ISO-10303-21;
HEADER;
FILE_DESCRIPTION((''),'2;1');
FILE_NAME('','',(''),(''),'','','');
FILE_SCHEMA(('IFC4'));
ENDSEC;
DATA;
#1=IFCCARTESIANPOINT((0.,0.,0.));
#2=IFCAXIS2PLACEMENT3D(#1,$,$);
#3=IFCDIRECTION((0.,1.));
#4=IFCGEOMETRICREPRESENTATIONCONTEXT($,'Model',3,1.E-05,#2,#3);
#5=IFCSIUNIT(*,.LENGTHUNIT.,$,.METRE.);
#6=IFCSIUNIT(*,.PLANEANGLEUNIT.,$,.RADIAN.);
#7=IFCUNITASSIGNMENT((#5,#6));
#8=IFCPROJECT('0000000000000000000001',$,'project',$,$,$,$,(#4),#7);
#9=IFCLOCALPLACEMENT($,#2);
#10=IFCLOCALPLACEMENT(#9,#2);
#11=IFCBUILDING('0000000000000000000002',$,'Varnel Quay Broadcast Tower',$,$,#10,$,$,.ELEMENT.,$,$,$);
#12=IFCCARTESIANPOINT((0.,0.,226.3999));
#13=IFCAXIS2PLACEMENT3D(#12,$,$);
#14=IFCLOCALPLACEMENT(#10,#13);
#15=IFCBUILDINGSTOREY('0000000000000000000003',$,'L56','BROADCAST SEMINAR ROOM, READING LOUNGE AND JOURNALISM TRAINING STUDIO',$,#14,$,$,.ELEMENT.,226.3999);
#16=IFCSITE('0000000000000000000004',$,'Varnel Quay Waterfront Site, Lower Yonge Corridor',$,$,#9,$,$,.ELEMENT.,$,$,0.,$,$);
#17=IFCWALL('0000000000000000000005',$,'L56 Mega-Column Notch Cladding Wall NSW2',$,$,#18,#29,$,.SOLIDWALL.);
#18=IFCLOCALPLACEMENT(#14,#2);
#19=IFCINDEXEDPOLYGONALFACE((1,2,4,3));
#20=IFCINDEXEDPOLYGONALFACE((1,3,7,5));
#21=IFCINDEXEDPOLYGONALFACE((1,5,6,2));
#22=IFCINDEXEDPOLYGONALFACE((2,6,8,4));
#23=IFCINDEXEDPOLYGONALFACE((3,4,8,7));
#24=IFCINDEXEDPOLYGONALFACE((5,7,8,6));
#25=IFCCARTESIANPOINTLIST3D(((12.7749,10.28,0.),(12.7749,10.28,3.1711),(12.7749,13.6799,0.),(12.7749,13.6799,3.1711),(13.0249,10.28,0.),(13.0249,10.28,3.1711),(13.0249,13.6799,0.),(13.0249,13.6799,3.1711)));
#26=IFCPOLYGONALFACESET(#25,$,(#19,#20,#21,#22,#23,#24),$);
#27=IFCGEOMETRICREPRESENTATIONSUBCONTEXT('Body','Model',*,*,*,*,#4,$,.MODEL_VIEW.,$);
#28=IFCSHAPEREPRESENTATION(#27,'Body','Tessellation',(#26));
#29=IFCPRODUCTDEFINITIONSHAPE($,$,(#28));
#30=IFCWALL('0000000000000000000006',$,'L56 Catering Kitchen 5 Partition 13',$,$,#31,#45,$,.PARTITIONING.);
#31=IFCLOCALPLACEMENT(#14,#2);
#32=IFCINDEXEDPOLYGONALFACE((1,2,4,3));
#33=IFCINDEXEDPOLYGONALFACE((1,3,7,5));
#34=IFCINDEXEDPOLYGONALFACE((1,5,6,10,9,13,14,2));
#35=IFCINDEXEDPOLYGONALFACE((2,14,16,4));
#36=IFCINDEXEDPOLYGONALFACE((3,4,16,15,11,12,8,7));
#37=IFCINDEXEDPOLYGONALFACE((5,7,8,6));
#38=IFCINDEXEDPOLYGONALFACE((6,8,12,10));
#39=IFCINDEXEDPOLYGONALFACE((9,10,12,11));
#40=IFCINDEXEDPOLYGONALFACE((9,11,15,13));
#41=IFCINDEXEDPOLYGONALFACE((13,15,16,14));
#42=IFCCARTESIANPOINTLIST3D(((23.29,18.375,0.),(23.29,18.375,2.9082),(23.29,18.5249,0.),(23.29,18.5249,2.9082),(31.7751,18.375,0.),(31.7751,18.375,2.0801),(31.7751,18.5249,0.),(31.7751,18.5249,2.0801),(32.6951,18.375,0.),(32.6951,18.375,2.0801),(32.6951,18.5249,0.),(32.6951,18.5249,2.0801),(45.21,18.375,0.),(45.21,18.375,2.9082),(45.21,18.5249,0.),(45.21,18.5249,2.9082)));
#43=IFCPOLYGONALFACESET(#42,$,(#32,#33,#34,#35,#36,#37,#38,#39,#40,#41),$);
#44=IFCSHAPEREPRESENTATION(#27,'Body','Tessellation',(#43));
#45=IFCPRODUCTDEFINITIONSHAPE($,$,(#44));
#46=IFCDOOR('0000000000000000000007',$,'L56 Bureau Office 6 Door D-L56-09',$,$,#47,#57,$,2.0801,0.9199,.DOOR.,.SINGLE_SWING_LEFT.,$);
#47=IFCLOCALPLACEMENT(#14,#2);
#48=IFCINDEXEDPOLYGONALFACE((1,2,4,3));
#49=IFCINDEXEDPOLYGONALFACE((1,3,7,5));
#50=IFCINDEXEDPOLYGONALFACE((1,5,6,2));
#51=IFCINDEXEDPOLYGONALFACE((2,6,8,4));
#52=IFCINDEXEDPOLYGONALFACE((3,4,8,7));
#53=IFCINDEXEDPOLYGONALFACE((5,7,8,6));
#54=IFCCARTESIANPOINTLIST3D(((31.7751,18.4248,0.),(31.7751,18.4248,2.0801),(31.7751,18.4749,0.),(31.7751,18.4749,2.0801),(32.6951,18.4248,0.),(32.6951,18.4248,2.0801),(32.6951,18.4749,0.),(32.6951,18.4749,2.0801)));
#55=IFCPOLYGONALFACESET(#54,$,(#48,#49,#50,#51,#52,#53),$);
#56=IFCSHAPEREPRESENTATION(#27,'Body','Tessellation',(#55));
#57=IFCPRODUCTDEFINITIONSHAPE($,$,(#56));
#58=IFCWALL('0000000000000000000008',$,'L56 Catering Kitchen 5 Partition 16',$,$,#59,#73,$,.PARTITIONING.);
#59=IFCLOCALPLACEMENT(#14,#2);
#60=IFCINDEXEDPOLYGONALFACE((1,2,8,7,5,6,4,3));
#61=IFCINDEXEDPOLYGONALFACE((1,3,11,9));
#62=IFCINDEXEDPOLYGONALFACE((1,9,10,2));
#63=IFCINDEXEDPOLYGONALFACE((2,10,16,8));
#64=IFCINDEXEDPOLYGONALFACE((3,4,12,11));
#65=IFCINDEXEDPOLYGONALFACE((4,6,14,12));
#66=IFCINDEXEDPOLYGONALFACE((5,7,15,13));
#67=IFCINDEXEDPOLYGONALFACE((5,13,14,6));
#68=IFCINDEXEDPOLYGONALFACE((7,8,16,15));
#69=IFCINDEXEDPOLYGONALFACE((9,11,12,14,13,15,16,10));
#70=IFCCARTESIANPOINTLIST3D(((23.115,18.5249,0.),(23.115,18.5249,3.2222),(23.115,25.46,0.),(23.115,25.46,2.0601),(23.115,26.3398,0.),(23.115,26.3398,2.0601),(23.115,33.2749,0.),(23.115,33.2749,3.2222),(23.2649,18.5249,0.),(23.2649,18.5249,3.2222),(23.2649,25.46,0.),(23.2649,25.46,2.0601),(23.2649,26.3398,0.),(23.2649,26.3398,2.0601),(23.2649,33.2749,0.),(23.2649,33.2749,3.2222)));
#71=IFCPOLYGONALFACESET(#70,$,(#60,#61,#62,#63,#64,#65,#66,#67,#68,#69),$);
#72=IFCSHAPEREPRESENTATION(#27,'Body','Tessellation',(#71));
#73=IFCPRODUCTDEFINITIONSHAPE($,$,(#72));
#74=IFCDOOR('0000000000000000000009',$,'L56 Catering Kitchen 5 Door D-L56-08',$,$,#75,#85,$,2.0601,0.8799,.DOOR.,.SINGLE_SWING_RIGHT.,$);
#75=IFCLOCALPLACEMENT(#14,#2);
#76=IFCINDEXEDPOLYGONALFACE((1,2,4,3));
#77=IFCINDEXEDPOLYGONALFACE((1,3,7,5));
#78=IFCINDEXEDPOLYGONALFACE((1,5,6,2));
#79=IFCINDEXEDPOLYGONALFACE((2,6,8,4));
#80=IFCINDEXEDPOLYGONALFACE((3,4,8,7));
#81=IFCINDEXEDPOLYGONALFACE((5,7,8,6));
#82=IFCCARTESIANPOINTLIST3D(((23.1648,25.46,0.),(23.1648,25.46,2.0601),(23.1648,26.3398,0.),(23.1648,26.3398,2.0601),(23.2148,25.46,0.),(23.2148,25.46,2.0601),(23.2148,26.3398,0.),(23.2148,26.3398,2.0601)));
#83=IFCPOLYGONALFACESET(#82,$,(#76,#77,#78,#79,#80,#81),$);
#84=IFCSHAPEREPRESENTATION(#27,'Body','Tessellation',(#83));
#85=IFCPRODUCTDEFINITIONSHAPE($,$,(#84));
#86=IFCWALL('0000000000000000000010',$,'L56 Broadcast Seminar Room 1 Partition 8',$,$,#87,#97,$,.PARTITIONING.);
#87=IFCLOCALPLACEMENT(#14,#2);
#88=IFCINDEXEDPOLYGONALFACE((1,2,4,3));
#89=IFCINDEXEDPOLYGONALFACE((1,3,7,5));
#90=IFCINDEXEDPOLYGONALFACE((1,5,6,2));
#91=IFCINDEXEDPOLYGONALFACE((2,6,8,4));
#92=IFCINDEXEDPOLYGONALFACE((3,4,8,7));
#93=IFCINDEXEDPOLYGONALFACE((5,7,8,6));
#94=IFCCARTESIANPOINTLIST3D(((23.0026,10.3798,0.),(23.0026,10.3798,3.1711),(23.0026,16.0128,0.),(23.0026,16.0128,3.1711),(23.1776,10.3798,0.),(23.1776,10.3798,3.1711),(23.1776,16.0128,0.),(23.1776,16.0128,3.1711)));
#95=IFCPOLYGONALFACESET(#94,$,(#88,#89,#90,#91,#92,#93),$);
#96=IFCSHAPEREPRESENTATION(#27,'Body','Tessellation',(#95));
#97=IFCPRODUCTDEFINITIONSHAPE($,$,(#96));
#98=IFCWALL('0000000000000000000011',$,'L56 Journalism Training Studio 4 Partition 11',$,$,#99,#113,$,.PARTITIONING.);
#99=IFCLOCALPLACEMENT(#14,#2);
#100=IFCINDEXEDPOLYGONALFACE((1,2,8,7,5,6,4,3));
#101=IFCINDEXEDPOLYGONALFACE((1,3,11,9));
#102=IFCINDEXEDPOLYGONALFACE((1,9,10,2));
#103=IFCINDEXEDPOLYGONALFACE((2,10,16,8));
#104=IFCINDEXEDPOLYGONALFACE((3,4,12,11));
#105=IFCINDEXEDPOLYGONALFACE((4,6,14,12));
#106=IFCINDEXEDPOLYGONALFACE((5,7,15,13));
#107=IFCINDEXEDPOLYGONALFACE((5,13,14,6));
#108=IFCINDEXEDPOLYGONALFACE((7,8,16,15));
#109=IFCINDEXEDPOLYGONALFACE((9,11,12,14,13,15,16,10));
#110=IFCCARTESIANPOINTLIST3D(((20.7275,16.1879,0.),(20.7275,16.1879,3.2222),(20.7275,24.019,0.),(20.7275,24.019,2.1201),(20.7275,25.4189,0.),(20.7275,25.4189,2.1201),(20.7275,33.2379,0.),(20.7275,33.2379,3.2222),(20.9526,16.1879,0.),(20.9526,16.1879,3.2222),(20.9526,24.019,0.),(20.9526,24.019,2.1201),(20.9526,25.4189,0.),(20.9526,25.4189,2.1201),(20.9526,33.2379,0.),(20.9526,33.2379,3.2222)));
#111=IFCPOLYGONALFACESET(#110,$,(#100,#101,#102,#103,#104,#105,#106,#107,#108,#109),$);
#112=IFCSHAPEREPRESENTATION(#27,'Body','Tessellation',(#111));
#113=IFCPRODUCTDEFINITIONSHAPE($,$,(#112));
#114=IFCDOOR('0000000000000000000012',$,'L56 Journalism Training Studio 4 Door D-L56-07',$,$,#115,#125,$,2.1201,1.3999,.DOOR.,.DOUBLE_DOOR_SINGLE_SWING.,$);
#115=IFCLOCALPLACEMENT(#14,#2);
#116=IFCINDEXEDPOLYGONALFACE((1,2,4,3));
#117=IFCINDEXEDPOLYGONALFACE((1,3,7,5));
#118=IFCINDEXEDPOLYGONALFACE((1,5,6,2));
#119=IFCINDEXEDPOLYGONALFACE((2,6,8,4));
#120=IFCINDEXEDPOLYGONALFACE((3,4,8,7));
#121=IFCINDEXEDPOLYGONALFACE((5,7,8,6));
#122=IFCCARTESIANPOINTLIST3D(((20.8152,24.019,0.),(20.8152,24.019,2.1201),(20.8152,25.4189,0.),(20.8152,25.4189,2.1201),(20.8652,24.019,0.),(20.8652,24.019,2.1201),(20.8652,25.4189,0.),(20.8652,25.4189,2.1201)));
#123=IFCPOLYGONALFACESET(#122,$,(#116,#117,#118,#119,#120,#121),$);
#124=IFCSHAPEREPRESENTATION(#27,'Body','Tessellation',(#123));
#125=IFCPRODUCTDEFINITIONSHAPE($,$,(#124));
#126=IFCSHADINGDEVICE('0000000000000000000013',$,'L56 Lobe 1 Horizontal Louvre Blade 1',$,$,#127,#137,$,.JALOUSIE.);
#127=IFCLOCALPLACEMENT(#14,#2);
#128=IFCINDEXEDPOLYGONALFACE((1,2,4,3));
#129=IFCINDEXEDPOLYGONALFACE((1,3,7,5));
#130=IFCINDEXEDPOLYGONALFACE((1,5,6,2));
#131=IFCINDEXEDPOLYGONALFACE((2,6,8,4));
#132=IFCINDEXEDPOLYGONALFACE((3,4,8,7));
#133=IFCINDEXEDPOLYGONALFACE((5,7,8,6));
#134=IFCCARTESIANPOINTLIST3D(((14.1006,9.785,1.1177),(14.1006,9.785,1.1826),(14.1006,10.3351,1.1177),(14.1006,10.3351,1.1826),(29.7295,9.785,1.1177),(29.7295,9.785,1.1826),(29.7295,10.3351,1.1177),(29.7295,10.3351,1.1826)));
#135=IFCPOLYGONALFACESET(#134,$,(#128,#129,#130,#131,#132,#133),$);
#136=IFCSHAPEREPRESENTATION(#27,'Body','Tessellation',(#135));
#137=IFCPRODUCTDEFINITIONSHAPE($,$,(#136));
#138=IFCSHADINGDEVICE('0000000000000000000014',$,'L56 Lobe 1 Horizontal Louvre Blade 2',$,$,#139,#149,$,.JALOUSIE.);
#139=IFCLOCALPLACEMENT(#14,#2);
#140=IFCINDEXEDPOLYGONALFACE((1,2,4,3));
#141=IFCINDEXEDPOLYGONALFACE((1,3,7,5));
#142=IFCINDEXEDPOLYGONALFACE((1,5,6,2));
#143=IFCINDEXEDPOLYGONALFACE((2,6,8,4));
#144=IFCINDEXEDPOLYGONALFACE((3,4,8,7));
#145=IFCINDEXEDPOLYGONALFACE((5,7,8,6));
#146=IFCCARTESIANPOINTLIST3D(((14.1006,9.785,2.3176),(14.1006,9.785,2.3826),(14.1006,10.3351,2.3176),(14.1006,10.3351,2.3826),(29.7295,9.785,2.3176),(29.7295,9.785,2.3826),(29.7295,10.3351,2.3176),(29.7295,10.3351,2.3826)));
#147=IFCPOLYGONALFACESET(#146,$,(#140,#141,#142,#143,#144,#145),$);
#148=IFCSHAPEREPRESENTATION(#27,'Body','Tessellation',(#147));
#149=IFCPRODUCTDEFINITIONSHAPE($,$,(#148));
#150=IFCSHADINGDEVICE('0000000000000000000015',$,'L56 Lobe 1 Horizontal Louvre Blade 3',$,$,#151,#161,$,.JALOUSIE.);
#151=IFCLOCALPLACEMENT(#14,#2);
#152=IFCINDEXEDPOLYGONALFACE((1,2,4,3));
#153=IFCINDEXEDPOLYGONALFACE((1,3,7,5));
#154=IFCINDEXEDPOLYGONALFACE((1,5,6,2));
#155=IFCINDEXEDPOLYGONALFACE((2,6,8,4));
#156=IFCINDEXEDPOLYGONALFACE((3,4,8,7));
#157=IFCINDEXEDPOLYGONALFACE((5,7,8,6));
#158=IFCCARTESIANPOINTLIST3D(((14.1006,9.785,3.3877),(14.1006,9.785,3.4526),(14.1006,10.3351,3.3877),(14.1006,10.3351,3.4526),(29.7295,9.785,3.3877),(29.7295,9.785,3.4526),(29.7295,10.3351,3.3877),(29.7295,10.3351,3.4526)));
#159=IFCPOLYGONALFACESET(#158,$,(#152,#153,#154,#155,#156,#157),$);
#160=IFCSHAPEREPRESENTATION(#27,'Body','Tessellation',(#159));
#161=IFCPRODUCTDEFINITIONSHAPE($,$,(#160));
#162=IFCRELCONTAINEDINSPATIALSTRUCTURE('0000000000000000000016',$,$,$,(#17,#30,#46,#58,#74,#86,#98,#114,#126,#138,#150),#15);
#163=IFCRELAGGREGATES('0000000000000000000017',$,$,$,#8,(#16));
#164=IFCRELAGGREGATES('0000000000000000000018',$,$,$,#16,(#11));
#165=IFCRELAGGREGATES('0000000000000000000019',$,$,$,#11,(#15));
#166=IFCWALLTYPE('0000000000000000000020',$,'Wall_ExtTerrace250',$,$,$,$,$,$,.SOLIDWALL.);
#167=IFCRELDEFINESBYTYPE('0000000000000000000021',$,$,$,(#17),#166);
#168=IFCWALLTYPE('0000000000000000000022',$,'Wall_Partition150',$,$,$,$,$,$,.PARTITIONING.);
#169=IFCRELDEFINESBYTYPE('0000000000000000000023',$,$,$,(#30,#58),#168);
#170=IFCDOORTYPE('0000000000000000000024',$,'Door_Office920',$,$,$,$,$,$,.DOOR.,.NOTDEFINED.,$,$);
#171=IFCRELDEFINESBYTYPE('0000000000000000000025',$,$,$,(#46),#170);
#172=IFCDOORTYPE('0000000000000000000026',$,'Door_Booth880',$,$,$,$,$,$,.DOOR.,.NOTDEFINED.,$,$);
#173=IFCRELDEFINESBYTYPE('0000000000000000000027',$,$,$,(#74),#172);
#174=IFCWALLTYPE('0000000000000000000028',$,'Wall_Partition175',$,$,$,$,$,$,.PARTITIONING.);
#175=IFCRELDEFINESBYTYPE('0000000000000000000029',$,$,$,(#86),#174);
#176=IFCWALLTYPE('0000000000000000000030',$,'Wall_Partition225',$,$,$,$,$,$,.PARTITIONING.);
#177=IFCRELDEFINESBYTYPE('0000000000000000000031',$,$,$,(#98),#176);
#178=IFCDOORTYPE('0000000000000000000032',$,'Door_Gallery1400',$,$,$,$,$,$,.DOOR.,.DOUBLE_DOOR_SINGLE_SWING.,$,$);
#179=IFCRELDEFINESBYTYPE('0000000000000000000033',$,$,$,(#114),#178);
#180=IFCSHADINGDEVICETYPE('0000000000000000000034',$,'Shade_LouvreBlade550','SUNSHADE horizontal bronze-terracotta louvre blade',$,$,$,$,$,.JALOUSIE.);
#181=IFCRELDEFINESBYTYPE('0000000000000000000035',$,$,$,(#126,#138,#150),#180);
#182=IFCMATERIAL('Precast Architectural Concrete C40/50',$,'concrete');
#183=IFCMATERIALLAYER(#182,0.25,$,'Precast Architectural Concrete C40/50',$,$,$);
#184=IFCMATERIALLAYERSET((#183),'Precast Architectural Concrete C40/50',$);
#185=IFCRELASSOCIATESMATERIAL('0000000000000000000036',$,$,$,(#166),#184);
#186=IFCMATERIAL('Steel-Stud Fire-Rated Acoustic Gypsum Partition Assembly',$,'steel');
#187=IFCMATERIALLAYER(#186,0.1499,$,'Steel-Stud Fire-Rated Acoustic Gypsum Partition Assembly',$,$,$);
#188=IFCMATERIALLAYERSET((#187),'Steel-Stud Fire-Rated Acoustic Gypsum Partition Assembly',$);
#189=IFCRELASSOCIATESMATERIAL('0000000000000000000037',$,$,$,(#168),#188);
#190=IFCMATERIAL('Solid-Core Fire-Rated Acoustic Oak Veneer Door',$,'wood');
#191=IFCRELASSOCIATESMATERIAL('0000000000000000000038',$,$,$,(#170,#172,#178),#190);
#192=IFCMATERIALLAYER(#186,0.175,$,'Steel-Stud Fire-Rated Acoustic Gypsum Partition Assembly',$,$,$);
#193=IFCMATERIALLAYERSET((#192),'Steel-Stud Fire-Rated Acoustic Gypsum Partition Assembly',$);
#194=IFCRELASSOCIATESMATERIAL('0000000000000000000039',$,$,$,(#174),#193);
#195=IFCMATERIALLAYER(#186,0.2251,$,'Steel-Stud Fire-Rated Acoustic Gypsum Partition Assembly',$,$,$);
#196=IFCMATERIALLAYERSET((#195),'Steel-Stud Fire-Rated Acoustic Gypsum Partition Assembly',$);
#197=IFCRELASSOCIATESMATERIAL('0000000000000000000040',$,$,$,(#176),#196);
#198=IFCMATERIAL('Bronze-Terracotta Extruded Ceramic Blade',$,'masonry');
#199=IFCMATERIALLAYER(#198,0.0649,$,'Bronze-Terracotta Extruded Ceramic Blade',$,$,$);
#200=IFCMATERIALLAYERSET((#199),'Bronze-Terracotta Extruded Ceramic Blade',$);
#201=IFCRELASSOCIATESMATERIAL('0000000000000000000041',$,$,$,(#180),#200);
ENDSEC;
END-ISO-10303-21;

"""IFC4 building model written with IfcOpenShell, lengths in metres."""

from ifc_helpers import new_model, si_unit, direction, frame, frame_2d, origin, origin_2d, place, context, subcontext, project, spatial, rectangle, extrude, source, transform, mapped, material, layer, layer_set, type_object, type_shapes, element, fill, save


model = new_model("IFC4")

# Units and contexts
model_context = context("Model", 3, precision=1e-05, world=origin(), true_north=direction((0.0, 1.0)))
body_context = subcontext(model_context, "Body", "Model", "MODEL_VIEW")
ifc_project = project(units=[si_unit("LENGTHUNIT", "METRE"), si_unit("PLANEANGLEUNIT", "RADIAN")], contexts=[model_context])

# Site, building, storey
site_placement = place(None, origin())
site = spatial("IfcSite", under=ifc_project, at=site_placement, Name="Varnel Quay Waterfront Site, Lower Yonge Corridor", CompositionType="ELEMENT", RefElevation=0.0)
building_placement = place(site_placement, origin())
building = spatial("IfcBuilding", under=site, at=building_placement, Name="Varnel Quay Broadcast Tower", CompositionType="ELEMENT")
storey_placement = place(building_placement, frame((0.0, 0.0, 226.3999)))
storey = spatial("IfcBuildingStorey", under=building, at=storey_placement, Name="L56", Description="BROADCAST SEMINAR ROOM, READING LOUNGE AND JOURNALISM TRAINING STUDIO", CompositionType="ELEMENT", Elevation=226.3999)

# Wall
ifc_material_1 = material(Name="Precast Architectural Concrete C40/50", Category="concrete")
ifc_layer_1 = layer(ifc_material_1, 0.25, Name="Precast Architectural Concrete C40/50")
ifc_layer_set_1 = layer_set([ifc_layer_1], Name="Precast Architectural Concrete C40/50")
wall_type_1 = type_object("IfcWallType", Name="Wall_ExtTerrace250", PredefinedType="SOLIDWALL", material=ifc_layer_set_1)
wall_1_placement = place(storey_placement, frame((12.8999, 10.28, 0.0), z_axis=(0.0, 0.0, 1.0), x_axis=(0.0, 1.0, 0.0)))
element("IfcWall", 1, at=wall_1_placement, inside=storey, type_object=wall_type_1, Name="L56 Mega-Column Notch Cladding Wall NSW2", PredefinedType="SOLIDWALL", context=body_context, shape_type="SweptSolid", body=[
    extrude(rectangle(XDim=3.3999, YDim=0.25, at=frame_2d((1.7, 0.0))), origin(), (0.0, 0.0, 1.0), 3.1711),
])

# Walls, openings, doors
ifc_material_2 = material(Name="Steel-Stud Fire-Rated Acoustic Gypsum Partition Assembly", Category="steel")
ifc_layer_2 = layer(ifc_material_2, 0.1499, Name="Steel-Stud Fire-Rated Acoustic Gypsum Partition Assembly")
ifc_layer_set_2 = layer_set([ifc_layer_2], Name="Steel-Stud Fire-Rated Acoustic Gypsum Partition Assembly")
wall_type_2 = type_object("IfcWallType", Name="Wall_Partition150", PredefinedType="PARTITIONING", material=ifc_layer_set_2)
wall_2_placement = place(storey_placement, frame((23.29, 18.45, 0.0), z_axis=(0.0, 0.0, 1.0), x_axis=(1.0, 0.0, 0.0)))
wall_2 = element("IfcWall", 2, at=wall_2_placement, inside=storey, type_object=wall_type_2, Name="L56 Catering Kitchen 5 Partition 13", PredefinedType="PARTITIONING", context=body_context, shape_type="SweptSolid", body=[
    extrude(rectangle(XDim=21.9199, YDim=0.1499, at=frame_2d((10.96, 0.0))), origin(), (0.0, 0.0, 1.0), 2.9082),
])
opening_1_placement = place(wall_2_placement, frame((8.4851, 0.0, 0.0)))
opening_1 = element("IfcOpeningElement", 3, at=opening_1_placement, cuts=wall_2, PredefinedType="OPENING", context=body_context, shape_type="SweptSolid", body=[
    extrude(rectangle(XDim=0.9199, YDim=2.0801, at=frame_2d((0.46, 1.04))), frame((0.0, 0.085, 0.0), z_axis=(0.0, -1.0, 0.0), x_axis=(1.0, 0.0, 0.0)), (0.0, 0.0, 1.0), 0.1699),
])
ifc_material_3 = material(Name="Solid-Core Fire-Rated Acoustic Oak Veneer Door", Category="wood")
door_type_1 = type_object("IfcDoorType", Name="Door_Office920", OperationType="NOTDEFINED", PredefinedType="DOOR", material=ifc_material_3)
shared_shape_1 = source(origin(), body_context, "Body", "SweptSolid", [
    extrude(rectangle(XDim=0.9199, YDim=2.0801, at=frame_2d((0.46, 1.04))), frame((0.0, 0.0249, 0.0), z_axis=(0.0, -1.0, 0.0), x_axis=(1.0, 0.0, 0.0)), (0.0, 0.0, 1.0), 0.05),
])
type_shapes(door_type_1, [shared_shape_1])
door_1_placement = place(opening_1_placement, origin())
door_1 = element("IfcDoor", 4, at=door_1_placement, inside=storey, type_object=door_type_1, Name="L56 Bureau Office 6 Door D-L56-09", OperationType="SINGLE_SWING_LEFT", OverallHeight=2.0801, OverallWidth=0.9199, PredefinedType="DOOR", context=body_context, shape_type="MappedRepresentation", body=[
    mapped(shared_shape_1, transform((0.0, 0.0, 0.0), x_axis=(1.0, 0.0, 0.0), y_axis=(0.0, 1.0, 0.0), z_axis=(0.0, 0.0, 1.0), scale=1.0)),
])
fill(opening_1, door_1)
wall_3_placement = place(storey_placement, frame((23.1899, 18.5249, 0.0), z_axis=(0.0, 0.0, 1.0), x_axis=(0.0, 1.0, 0.0)))
wall_3 = element("IfcWall", 5, at=wall_3_placement, inside=storey, type_object=wall_type_2, Name="L56 Catering Kitchen 5 Partition 16", PredefinedType="PARTITIONING", context=body_context, shape_type="SweptSolid", body=[
    extrude(rectangle(XDim=14.75, YDim=0.1499, at=frame_2d((7.375, 0.0))), origin(), (0.0, 0.0, 1.0), 3.2222),
])
opening_2_placement = place(wall_3_placement, frame((6.9351, 0.0, 0.0)))
opening_2 = element("IfcOpeningElement", 6, at=opening_2_placement, cuts=wall_3, PredefinedType="OPENING", context=body_context, shape_type="SweptSolid", body=[
    extrude(rectangle(XDim=0.8799, YDim=2.0601, at=frame_2d((0.4399, 1.03))), frame((0.0, 0.085, 0.0), z_axis=(0.0, -1.0, 0.0), x_axis=(1.0, 0.0, 0.0)), (0.0, 0.0, 1.0), 0.1699),
])
door_type_2 = type_object("IfcDoorType", Name="Door_Booth880", OperationType="NOTDEFINED", PredefinedType="DOOR", material=ifc_material_3)
shared_shape_2 = source(origin(), body_context, "Body", "SweptSolid", [
    extrude(rectangle(XDim=0.8799, YDim=2.0601, at=frame_2d((0.4399, 1.03))), frame((0.0, 0.0249, 0.0), z_axis=(0.0, -1.0, 0.0), x_axis=(1.0, 0.0, 0.0)), (0.0, 0.0, 1.0), 0.05),
])
type_shapes(door_type_2, [shared_shape_2])
door_2_placement = place(opening_2_placement, frame((0.8799, 0.0, 0.0), z_axis=(0.0, 0.0, 1.0), x_axis=(-1.0, 0.0, 0.0)))
door_2 = element("IfcDoor", 7, at=door_2_placement, inside=storey, type_object=door_type_2, Name="L56 Catering Kitchen 5 Door D-L56-08", OperationType="SINGLE_SWING_RIGHT", OverallHeight=2.0601, OverallWidth=0.8799, PredefinedType="DOOR", context=body_context, shape_type="MappedRepresentation", body=[
    mapped(shared_shape_2, transform((0.0, 0.0, 0.0), x_axis=(1.0, 0.0, 0.0), y_axis=(0.0, 1.0, 0.0), z_axis=(0.0, 0.0, 1.0), scale=1.0)),
])
fill(opening_2, door_2)

# Wall
ifc_layer_3 = layer(ifc_material_2, 0.175, Name="Steel-Stud Fire-Rated Acoustic Gypsum Partition Assembly")
ifc_layer_set_3 = layer_set([ifc_layer_3], Name="Steel-Stud Fire-Rated Acoustic Gypsum Partition Assembly")
wall_type_3 = type_object("IfcWallType", Name="Wall_Partition175", PredefinedType="PARTITIONING", material=ifc_layer_set_3)
wall_4_placement = place(storey_placement, frame((23.0901, 10.3799, 0.0), z_axis=(0.0, 0.0, 1.0), x_axis=(0.0, 1.0, 0.0)))
element("IfcWall", 8, at=wall_4_placement, inside=storey, type_object=wall_type_3, Name="L56 Broadcast Seminar Room 1 Partition 8", PredefinedType="PARTITIONING", context=body_context, shape_type="SweptSolid", body=[
    extrude(rectangle(XDim=5.6331, YDim=0.175, at=frame_2d((2.8164, 0.0))), origin(), (0.0, 0.0, 1.0), 3.1711),
])

# Wall, opening, door
ifc_layer_4 = layer(ifc_material_2, 0.2251, Name="Steel-Stud Fire-Rated Acoustic Gypsum Partition Assembly")
ifc_layer_set_4 = layer_set([ifc_layer_4], Name="Steel-Stud Fire-Rated Acoustic Gypsum Partition Assembly")
wall_type_4 = type_object("IfcWallType", Name="Wall_Partition225", PredefinedType="PARTITIONING", material=ifc_layer_set_4)
wall_5_placement = place(storey_placement, frame((20.8401, 16.188, 0.0), z_axis=(0.0, 0.0, 1.0), x_axis=(0.0, 1.0, 0.0)))
wall_5 = element("IfcWall", 9, at=wall_5_placement, inside=storey, type_object=wall_type_4, Name="L56 Journalism Training Studio 4 Partition 11", PredefinedType="PARTITIONING", context=body_context, shape_type="SweptSolid", body=[
    extrude(rectangle(XDim=17.05, YDim=0.2251, at=frame_2d((8.5249, 0.0))), origin(), (0.0, 0.0, 1.0), 3.2222),
])
opening_3_placement = place(wall_5_placement, frame((7.8311, 0.0, 0.0)))
opening_3 = element("IfcOpeningElement", 10, at=opening_3_placement, cuts=wall_5, PredefinedType="OPENING", context=body_context, shape_type="SweptSolid", body=[
    extrude(rectangle(XDim=1.3999, YDim=2.1201, at=frame_2d((0.7, 1.0601))), frame((0.0, 0.1226, 0.0), z_axis=(0.0, -1.0, 0.0), x_axis=(1.0, 0.0, 0.0)), (0.0, 0.0, 1.0), 0.2451),
])
door_type_3 = type_object("IfcDoorType", Name="Door_Gallery1400", OperationType="DOUBLE_DOOR_SINGLE_SWING", PredefinedType="DOOR", material=ifc_material_3)
shared_shape_3 = source(origin(), body_context, "Body", "SweptSolid", [
    extrude(rectangle(XDim=1.3999, YDim=2.1201, at=frame_2d((0.7, 1.0601))), frame((0.0, 0.0249, 0.0), z_axis=(0.0, -1.0, 0.0), x_axis=(1.0, 0.0, 0.0)), (0.0, 0.0, 1.0), 0.05),
])
type_shapes(door_type_3, [shared_shape_3])
door_3_placement = place(opening_3_placement, origin())
door_3 = element("IfcDoor", 11, at=door_3_placement, inside=storey, type_object=door_type_3, Name="L56 Journalism Training Studio 4 Door D-L56-07", OperationType="DOUBLE_DOOR_SINGLE_SWING", OverallHeight=2.1201, OverallWidth=1.3999, PredefinedType="DOOR", context=body_context, shape_type="MappedRepresentation", body=[
    mapped(shared_shape_3, transform((0.0, 0.0, 0.0), x_axis=(1.0, 0.0, 0.0), y_axis=(0.0, 1.0, 0.0), z_axis=(0.0, 0.0, 1.0), scale=1.0)),
])
fill(opening_3, door_3)

# Shading devices
ifc_material_4 = material(Name="Bronze-Terracotta Extruded Ceramic Blade", Category="masonry")
ifc_layer_5 = layer(ifc_material_4, 0.0649, Name="Bronze-Terracotta Extruded Ceramic Blade")
ifc_layer_set_5 = layer_set([ifc_layer_5], Name="Bronze-Terracotta Extruded Ceramic Blade")
shading_device_type = type_object("IfcShadingDeviceType", Name="Shade_LouvreBlade550", Description="SUNSHADE horizontal bronze-terracotta louvre blade", PredefinedType="JALOUSIE", material=ifc_layer_set_5)
shared_shape_4 = source(origin(), body_context, "Body", "SweptSolid", [
    extrude(rectangle(XDim=15.6289, YDim=0.55, at=origin_2d()), origin(), (0.0, 0.0, 1.0), 0.0649),
])
type_shapes(shading_device_type, [shared_shape_4])
for number, where, z_axis, x_axis, name in (
    (12, (21.915, 10.0601, 1.1177), (0.0, 0.0, 1.0), (1.0, 0.0, 0.0), "L56 Lobe 1 Horizontal Louvre Blade 1"),
    (13, (21.915, 10.0601, 2.3176), (0.0, 0.0, 1.0), (1.0, 0.0, 0.0), "L56 Lobe 1 Horizontal Louvre Blade 2"),
    (14, (21.915, 10.0601, 3.3877), (0.0, 0.0, 1.0), (1.0, 0.0, 0.0), "L56 Lobe 1 Horizontal Louvre Blade 3"),
):
    element("IfcShadingDevice", number, at=place(storey_placement, frame(where, z_axis=z_axis, x_axis=x_axis)), inside=storey, type_object=shading_device_type, Name=name, PredefinedType="JALOUSIE", context=body_context, shape_type="MappedRepresentation", body=[
        mapped(shared_shape_4, transform((0.0, 0.0, 0.0), x_axis=(1.0, 0.0, 0.0), y_axis=(0.0, 1.0, 0.0), z_axis=(0.0, 0.0, 1.0), scale=1.0)),
    ])

save(model, "model.ifc")
